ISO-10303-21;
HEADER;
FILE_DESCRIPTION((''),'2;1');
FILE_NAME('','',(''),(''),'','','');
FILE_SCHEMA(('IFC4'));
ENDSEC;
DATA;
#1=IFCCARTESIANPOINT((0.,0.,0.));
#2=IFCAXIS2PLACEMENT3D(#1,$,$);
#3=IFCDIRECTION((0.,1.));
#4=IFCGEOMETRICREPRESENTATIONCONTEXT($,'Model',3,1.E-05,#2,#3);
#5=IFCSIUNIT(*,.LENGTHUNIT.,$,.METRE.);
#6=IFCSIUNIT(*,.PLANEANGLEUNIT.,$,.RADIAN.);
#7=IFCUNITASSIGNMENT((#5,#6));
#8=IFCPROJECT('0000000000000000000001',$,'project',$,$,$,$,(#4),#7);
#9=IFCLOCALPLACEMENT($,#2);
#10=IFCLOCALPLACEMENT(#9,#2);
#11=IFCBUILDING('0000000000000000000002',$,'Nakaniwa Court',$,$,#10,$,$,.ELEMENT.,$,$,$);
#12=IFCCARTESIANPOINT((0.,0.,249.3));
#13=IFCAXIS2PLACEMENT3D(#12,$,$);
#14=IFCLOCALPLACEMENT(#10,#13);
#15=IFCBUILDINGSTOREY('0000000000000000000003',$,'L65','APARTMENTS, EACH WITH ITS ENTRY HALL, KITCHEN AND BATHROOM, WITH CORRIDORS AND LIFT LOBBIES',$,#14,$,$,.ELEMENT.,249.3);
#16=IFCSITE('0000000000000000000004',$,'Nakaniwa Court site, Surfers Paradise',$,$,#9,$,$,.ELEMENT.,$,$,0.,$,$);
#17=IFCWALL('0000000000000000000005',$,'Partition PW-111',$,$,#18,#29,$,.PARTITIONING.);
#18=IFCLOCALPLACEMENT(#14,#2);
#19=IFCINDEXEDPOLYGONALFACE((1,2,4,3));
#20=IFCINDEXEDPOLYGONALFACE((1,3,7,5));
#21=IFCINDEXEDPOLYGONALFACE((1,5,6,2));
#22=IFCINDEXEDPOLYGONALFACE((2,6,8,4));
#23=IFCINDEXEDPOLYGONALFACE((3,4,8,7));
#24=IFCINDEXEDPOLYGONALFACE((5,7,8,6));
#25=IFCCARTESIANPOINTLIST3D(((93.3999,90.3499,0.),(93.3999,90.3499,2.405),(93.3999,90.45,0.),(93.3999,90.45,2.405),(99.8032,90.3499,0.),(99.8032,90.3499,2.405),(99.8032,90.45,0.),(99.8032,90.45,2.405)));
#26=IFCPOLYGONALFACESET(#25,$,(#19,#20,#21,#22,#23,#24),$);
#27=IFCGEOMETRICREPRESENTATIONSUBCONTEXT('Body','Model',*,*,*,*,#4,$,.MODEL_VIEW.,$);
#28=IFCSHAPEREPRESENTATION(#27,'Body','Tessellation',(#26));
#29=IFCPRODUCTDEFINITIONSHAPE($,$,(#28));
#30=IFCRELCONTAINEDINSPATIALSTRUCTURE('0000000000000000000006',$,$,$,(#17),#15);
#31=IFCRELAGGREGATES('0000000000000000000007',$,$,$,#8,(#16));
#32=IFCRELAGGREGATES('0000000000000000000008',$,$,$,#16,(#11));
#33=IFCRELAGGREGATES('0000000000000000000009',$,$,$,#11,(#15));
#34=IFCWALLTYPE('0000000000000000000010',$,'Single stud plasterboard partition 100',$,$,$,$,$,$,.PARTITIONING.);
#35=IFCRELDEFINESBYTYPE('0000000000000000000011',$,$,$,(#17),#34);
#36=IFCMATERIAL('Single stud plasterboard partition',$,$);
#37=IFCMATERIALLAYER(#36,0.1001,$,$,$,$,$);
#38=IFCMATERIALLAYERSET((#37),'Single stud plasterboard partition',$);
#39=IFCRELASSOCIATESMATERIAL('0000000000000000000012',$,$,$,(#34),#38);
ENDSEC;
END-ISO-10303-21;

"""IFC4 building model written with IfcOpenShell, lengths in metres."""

from ifc_helpers import new_model, si_unit, direction, frame, frame_2d, origin, place, context, subcontext, project, spatial, rectangle, extrude, material, layer, layer_set, type_object, element, save


model = new_model("IFC4")

# Units and contexts
model_context = context("Model", 3, precision=1e-05, world=origin(), true_north=direction((0.0, 1.0)))
body_context = subcontext(model_context, "Body", "Model", "MODEL_VIEW")
ifc_project = project(units=[si_unit("LENGTHUNIT", "METRE"), si_unit("PLANEANGLEUNIT", "RADIAN")], contexts=[model_context])

# Site, building, storey
site_placement = place(None, origin())
site = spatial("IfcSite", under=ifc_project, at=site_placement, Name="Nakaniwa Court site, Surfers Paradise", CompositionType="ELEMENT", RefElevation=0.0)
building_placement = place(site_placement, origin())
building = spatial("IfcBuilding", under=site, at=building_placement, Name="Nakaniwa Court", CompositionType="ELEMENT")
storey_placement = place(building_placement, frame((0.0, 0.0, 249.3)))
storey = spatial("IfcBuildingStorey", under=building, at=storey_placement, Name="L65", Description="APARTMENTS, EACH WITH ITS ENTRY HALL, KITCHEN AND BATHROOM, WITH CORRIDORS AND LIFT LOBBIES", CompositionType="ELEMENT", Elevation=249.3)

# Shared definitions
ifc_material_1 = material(Name="Single stud plasterboard partition")
ifc_layer_1 = layer(ifc_material_1, 0.1001)
ifc_layer_set_1 = layer_set([ifc_layer_1], Name="Single stud plasterboard partition")
wall_type_1 = type_object("IfcWallType", Name="Single stud plasterboard partition 100", PredefinedType="PARTITIONING", material=ifc_layer_set_1)

# Wall
wall_1_placement = place(storey_placement, frame((93.3999, 90.3999, 0.0), z_axis=(0.0, 0.0, 1.0), x_axis=(1.0, 0.0, 0.0)))
element("IfcWall", 1, at=wall_1_placement, inside=storey, type_object=wall_type_1, Name="Partition PW-111", PredefinedType="PARTITIONING", context=body_context, shape_type="SweptSolid", body=[
    extrude(rectangle(XDim=6.4033, YDim=0.1001, at=frame_2d((3.2017, 0.0))), origin(), (0.0, 0.0, 1.0), 2.405),
])

save(model, "model.ifc")
